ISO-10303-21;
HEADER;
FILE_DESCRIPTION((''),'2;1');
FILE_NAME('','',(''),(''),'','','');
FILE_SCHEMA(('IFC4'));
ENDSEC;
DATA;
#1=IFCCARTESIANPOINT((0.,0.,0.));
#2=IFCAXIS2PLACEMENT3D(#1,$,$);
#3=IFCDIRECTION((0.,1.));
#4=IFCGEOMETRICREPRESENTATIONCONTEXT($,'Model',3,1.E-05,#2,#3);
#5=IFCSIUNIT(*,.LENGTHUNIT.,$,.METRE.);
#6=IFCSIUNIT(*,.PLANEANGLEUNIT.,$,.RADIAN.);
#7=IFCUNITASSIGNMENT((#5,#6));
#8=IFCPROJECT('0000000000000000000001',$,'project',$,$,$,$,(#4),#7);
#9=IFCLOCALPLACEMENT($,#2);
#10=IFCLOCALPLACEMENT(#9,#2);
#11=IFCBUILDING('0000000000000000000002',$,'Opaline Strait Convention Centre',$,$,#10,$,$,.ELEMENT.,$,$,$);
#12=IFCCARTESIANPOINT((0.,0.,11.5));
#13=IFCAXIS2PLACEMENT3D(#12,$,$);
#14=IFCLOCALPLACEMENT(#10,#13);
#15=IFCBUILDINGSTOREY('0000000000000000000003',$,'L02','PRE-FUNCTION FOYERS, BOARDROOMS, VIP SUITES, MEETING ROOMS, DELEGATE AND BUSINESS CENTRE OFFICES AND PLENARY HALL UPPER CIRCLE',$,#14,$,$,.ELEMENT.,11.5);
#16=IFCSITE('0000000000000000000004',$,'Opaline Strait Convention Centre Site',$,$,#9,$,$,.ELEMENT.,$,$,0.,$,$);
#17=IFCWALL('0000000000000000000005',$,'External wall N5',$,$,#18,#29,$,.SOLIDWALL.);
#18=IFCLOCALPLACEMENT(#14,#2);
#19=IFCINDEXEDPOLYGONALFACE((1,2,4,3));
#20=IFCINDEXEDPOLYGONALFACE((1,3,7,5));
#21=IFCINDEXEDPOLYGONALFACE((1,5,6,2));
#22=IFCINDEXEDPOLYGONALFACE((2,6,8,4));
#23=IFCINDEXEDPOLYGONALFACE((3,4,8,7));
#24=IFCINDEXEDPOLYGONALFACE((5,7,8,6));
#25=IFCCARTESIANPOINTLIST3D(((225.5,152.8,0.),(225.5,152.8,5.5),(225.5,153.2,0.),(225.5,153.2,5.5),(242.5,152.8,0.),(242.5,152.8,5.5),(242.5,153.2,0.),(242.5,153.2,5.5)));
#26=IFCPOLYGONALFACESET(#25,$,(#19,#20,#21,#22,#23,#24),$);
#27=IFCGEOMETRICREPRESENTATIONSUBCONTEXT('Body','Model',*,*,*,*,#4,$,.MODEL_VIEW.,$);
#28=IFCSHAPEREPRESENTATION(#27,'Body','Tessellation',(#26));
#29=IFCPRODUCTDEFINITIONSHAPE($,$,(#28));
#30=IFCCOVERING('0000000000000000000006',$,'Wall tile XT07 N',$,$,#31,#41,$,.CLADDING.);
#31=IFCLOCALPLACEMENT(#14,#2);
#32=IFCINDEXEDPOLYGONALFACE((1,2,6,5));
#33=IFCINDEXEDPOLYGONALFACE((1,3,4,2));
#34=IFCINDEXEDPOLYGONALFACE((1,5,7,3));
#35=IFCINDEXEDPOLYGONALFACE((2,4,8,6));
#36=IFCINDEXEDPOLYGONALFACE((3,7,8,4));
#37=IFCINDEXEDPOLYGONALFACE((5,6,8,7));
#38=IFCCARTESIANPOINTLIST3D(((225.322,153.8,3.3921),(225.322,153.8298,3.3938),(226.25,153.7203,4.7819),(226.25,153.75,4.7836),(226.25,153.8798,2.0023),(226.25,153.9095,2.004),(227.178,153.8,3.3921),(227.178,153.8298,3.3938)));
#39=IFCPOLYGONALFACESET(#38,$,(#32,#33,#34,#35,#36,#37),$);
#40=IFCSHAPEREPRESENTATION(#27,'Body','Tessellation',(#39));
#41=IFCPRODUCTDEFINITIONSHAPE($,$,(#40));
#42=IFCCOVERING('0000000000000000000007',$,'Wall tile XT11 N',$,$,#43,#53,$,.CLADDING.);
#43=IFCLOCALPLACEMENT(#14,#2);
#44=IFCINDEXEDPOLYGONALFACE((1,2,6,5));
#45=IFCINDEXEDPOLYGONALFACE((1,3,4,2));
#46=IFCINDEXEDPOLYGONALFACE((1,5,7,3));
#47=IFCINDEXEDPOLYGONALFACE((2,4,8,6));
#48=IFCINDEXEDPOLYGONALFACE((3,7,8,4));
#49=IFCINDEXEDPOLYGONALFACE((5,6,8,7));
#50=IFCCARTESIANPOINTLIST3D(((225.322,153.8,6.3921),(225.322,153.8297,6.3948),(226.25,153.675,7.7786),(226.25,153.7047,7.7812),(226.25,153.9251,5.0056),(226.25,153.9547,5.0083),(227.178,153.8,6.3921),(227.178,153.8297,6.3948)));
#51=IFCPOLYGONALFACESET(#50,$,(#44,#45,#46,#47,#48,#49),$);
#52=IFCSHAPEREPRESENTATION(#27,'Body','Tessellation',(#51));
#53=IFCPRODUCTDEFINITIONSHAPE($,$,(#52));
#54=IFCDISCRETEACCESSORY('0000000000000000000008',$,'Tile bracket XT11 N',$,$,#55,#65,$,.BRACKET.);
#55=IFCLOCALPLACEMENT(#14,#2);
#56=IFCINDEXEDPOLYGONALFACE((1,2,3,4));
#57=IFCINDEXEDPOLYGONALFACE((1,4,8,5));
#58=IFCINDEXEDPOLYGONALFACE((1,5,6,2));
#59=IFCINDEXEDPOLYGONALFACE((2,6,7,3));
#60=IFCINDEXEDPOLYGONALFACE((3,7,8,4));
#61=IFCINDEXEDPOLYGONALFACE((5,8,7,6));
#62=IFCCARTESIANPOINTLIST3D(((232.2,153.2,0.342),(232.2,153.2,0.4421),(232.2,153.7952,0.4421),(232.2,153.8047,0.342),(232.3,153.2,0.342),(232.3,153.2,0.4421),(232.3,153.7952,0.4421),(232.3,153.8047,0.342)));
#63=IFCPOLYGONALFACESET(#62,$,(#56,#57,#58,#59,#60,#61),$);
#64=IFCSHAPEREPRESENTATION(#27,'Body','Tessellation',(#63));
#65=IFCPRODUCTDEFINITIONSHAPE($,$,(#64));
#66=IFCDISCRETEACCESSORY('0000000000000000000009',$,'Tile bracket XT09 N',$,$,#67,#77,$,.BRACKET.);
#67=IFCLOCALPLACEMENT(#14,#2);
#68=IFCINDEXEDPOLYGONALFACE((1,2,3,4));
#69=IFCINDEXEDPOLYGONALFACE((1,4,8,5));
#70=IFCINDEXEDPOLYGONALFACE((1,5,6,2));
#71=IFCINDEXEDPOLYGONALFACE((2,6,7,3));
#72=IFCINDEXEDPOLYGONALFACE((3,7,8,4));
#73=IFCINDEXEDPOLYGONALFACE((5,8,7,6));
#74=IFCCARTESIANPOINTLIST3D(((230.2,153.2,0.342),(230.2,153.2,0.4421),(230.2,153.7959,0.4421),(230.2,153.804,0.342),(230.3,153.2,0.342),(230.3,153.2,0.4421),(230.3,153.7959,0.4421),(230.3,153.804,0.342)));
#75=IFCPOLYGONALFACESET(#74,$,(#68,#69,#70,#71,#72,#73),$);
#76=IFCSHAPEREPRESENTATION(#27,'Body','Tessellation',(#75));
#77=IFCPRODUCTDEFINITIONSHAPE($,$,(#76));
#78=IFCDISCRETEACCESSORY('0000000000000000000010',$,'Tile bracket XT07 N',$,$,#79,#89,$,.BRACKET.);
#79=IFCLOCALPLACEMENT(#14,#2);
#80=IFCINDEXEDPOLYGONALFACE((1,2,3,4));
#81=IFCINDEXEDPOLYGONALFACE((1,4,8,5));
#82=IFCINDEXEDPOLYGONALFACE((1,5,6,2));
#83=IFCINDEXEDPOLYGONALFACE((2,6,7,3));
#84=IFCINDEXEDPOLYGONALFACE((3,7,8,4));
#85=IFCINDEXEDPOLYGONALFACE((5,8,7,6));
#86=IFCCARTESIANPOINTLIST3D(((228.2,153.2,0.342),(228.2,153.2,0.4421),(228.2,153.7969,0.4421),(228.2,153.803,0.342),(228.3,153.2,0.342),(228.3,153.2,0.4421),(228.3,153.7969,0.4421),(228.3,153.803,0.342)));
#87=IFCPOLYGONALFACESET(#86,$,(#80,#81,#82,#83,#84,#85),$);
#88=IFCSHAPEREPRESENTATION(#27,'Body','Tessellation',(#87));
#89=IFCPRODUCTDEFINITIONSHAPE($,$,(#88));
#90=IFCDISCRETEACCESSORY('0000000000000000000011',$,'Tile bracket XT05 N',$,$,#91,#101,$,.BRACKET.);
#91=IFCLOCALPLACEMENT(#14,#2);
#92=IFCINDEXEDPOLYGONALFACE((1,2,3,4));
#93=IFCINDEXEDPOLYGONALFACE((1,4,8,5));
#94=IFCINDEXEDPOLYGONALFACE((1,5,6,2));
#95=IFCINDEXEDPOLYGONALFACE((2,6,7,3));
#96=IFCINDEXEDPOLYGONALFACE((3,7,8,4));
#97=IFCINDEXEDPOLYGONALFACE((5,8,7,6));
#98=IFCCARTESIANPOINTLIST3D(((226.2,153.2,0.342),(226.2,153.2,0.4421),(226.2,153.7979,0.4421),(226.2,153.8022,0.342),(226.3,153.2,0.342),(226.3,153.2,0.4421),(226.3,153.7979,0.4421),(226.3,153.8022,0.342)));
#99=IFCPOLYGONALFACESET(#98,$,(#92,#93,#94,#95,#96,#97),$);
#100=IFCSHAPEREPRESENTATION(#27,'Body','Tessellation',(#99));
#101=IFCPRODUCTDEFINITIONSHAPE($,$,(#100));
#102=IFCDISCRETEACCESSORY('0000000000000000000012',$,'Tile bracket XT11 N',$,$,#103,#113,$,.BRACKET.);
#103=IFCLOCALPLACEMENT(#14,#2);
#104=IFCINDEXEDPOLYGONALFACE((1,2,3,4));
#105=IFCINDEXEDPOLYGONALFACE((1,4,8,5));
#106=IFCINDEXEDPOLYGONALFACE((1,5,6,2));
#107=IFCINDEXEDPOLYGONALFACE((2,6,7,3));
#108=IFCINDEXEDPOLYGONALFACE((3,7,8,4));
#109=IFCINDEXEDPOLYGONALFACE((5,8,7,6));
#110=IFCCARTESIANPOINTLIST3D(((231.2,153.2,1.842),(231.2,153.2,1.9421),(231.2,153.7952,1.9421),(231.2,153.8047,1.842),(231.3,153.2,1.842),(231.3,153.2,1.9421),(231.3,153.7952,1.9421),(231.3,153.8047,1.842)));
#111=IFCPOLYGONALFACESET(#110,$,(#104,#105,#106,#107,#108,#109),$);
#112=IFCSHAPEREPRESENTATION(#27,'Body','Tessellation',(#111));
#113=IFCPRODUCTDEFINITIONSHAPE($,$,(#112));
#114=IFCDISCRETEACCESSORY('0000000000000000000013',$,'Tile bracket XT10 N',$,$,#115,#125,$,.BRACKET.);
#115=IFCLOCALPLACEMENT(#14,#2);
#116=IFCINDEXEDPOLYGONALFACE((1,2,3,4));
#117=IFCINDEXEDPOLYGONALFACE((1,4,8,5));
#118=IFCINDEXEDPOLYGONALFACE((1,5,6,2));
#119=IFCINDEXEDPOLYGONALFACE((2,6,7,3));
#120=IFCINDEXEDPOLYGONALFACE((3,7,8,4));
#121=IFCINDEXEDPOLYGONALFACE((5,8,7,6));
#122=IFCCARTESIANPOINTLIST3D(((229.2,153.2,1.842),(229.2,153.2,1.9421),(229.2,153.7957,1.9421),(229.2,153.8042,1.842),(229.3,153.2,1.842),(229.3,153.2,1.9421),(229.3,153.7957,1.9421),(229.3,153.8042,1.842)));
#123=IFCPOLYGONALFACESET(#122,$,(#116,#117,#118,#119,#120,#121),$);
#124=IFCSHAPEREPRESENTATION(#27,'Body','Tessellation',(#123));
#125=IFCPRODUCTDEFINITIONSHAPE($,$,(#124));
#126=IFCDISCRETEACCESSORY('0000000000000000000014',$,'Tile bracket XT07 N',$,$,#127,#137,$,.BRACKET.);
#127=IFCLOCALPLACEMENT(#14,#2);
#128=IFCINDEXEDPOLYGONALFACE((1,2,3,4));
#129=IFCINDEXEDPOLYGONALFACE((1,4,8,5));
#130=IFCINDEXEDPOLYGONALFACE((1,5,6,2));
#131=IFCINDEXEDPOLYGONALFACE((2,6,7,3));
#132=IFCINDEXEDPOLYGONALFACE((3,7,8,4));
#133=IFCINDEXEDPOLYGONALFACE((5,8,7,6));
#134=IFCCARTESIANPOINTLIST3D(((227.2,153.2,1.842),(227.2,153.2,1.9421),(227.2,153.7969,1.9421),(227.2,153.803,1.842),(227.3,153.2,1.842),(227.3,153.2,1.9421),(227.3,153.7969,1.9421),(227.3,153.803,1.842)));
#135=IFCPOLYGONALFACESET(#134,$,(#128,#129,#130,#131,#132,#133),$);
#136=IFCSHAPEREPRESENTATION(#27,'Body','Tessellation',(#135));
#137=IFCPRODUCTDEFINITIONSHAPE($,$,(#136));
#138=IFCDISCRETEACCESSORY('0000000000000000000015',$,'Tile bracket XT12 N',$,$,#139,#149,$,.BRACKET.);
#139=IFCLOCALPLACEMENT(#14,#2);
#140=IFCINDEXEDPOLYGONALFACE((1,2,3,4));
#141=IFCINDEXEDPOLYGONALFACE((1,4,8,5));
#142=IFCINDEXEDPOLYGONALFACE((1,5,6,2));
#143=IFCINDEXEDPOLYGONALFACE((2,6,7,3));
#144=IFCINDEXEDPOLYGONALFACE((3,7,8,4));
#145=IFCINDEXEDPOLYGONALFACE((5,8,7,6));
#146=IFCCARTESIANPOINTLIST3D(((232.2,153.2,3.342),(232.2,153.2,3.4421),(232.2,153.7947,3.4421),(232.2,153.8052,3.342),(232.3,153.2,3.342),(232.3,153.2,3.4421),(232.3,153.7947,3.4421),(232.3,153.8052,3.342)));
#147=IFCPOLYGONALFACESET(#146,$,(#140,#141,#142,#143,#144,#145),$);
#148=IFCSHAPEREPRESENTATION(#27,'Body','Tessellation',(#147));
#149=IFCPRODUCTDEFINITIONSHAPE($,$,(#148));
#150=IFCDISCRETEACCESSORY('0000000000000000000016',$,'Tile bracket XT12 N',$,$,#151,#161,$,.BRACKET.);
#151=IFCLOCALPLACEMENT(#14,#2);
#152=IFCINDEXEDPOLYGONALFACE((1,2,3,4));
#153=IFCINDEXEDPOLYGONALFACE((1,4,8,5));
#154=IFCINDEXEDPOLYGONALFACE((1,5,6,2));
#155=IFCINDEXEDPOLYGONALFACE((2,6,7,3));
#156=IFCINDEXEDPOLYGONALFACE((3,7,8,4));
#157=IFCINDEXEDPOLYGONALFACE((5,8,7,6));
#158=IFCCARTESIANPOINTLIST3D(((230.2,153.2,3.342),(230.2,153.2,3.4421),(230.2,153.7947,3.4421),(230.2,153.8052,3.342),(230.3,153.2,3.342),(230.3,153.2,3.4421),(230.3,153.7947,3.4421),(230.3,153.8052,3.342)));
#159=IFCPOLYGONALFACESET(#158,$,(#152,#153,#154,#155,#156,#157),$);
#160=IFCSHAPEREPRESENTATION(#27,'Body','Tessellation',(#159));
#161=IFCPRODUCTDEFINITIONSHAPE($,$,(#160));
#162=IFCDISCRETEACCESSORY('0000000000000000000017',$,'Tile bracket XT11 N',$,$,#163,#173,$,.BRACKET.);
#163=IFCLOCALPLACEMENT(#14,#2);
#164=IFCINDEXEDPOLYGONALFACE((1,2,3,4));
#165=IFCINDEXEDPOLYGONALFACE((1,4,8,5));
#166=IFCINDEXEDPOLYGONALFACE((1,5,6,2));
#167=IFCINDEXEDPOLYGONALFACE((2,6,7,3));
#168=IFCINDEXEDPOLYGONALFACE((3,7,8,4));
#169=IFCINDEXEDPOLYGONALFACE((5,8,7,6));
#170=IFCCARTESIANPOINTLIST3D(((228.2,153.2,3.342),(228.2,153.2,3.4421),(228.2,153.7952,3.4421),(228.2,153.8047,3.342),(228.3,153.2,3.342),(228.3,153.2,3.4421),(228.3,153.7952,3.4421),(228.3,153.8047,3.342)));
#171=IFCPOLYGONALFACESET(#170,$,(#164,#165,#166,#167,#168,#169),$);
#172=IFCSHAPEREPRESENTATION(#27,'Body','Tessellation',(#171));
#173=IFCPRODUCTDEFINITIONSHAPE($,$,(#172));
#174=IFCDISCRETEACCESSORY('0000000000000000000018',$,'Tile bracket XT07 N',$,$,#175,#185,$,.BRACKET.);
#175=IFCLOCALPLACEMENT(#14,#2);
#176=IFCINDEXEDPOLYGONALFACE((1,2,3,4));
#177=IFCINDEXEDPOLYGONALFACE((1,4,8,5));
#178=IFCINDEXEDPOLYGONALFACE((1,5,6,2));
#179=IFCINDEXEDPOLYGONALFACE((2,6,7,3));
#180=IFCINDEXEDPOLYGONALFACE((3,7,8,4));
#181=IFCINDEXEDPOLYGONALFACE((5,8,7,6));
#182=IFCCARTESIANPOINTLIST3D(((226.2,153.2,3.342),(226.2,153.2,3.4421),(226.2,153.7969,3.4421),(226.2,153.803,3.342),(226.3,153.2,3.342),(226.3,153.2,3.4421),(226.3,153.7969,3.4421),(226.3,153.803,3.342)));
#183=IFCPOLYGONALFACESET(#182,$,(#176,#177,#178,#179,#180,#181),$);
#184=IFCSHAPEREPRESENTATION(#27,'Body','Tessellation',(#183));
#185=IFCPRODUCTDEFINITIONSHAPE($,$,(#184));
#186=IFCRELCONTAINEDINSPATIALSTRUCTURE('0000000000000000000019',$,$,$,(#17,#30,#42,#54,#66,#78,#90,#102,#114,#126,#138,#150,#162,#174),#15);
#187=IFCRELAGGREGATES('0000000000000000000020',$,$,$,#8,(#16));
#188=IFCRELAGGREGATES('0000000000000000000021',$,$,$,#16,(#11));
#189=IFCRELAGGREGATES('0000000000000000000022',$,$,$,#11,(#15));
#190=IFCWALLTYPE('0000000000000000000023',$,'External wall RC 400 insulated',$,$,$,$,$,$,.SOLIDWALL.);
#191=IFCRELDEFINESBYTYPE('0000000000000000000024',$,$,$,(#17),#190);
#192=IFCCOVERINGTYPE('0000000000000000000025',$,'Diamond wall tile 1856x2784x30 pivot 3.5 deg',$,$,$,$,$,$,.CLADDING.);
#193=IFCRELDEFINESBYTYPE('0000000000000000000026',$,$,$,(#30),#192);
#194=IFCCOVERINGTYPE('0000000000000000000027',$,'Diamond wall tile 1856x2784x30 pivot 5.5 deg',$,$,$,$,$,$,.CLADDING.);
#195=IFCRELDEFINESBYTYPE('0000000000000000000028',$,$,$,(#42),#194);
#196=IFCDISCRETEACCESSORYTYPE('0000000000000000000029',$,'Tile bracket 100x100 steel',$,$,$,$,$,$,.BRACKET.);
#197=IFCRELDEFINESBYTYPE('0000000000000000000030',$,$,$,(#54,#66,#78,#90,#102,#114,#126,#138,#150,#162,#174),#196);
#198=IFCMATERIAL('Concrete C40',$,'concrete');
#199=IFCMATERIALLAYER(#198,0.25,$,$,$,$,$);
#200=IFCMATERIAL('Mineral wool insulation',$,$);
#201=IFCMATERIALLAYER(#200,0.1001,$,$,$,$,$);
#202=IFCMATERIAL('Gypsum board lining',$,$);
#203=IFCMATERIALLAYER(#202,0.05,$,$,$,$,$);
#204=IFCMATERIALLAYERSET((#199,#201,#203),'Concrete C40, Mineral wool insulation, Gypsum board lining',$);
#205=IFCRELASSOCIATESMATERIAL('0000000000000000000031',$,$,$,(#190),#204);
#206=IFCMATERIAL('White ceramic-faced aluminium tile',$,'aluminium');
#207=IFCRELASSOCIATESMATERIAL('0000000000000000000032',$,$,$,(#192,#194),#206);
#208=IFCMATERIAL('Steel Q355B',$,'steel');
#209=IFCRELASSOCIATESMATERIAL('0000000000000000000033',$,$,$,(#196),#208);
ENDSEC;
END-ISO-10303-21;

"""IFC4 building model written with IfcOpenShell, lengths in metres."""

from ifc_helpers import new_model, si_unit, direction, frame, frame_2d, origin, place, context, subcontext, project, spatial, polyline, rectangle, outline, extrude, material, layer, layer_set, material_profile, profile_set, type_object, element, save


model = new_model("IFC4")

# Units and contexts
model_context = context("Model", 3, precision=1e-05, world=origin(), true_north=direction((0.0, 1.0)))
body_context = subcontext(model_context, "Body", "Model", "MODEL_VIEW")
ifc_project = project(units=[si_unit("LENGTHUNIT", "METRE"), si_unit("PLANEANGLEUNIT", "RADIAN")], contexts=[model_context])

# Site, building, storey
site_placement = place(None, origin())
site = spatial("IfcSite", under=ifc_project, at=site_placement, Name="Opaline Strait Convention Centre Site", CompositionType="ELEMENT", RefElevation=0.0)
building_placement = place(site_placement, origin())
building = spatial("IfcBuilding", under=site, at=building_placement, Name="Opaline Strait Convention Centre", CompositionType="ELEMENT")
storey_placement = place(building_placement, frame((0.0, 0.0, 11.5)))
storey = spatial("IfcBuildingStorey", under=building, at=storey_placement, Name="L02", Description="PRE-FUNCTION FOYERS, BOARDROOMS, VIP SUITES, MEETING ROOMS, DELEGATE AND BUSINESS CENTRE OFFICES AND PLENARY HALL UPPER CIRCLE", CompositionType="ELEMENT", Elevation=11.5)

# Wall
ifc_material_1 = material(Name="Concrete C40", Category="concrete")
ifc_layer_1 = layer(ifc_material_1, 0.25)
ifc_material_2 = material(Name="Mineral wool insulation")
ifc_layer_2 = layer(ifc_material_2, 0.1001)
ifc_material_3 = material(Name="Gypsum board lining")
ifc_layer_3 = layer(ifc_material_3, 0.05)
ifc_layer_set = layer_set([ifc_layer_1, ifc_layer_2, ifc_layer_3], Name="Concrete C40, Mineral wool insulation, Gypsum board lining")
wall_type = type_object("IfcWallType", Name="External wall RC 400 insulated", PredefinedType="SOLIDWALL", material=ifc_layer_set)
wall_placement = place(storey_placement, frame((225.5, 153.0, 0.0), z_axis=(0.0, 0.0, 1.0), x_axis=(1.0, 0.0, 0.0)))
element("IfcWall", 1, at=wall_placement, inside=storey, type_object=wall_type, Name="External wall N5", PredefinedType="SOLIDWALL", context=body_context, shape_type="SweptSolid", body=[
    extrude(rectangle(XDim=17.0, YDim=0.3999, at=frame_2d((8.5, 0.0))), origin(), (0.0, 0.0, 1.0), 5.5),
])

# Coverings
ifc_material_4 = material(Name="White ceramic-faced aluminium tile", Category="aluminium")
ifc_material_profile_1 = material_profile(ifc_material_4, outline(polyline([(0.928, 0.0), (0.0, 1.3921), (-0.928, 0.0), (0.0, -1.3921), (0.928, 0.0)])), Name="Diamond tile 1856x2784")
ifc_profile_set_1 = profile_set([ifc_material_profile_1], Name="White ceramic-faced aluminium tile")
covering_type_1 = type_object("IfcCoveringType", Name="Diamond wall tile 1856x2784x30 pivot 3.5 deg", PredefinedType="CLADDING", material=ifc_profile_set_1)
covering_1_placement = place(storey_placement, frame((226.25, 153.8, 3.3921), z_axis=(0.0, 0.998358, 0.057283), x_axis=(-1.0, 0.0, 0.0)))
element("IfcCovering", 2, at=covering_1_placement, inside=storey, type_object=covering_type_1, Name="Wall tile XT07 N", PredefinedType="CLADDING", context=body_context, shape_type="SweptSolid", body=[
    extrude(outline(polyline([(0.928, 0.0), (0.0, 1.3921), (-0.928, 0.0), (0.0, -1.3921), (0.928, 0.0)])), origin(), (0.0, 0.0, 1.0), 0.0298),
])
ifc_material_profile_2 = material_profile(ifc_material_4, outline(polyline([(0.928, 0.0), (0.0, 1.3921), (-0.928, 0.0), (0.0, -1.3921), (0.928, 0.0)])), Name="Diamond tile 1856x2784")
ifc_profile_set_2 = profile_set([ifc_material_profile_2], Name="White ceramic-faced aluminium tile")
covering_type_2 = type_object("IfcCoveringType", Name="Diamond wall tile 1856x2784x30 pivot 5.5 deg", PredefinedType="CLADDING", material=ifc_profile_set_2)
covering_2_placement = place(storey_placement, frame((226.25, 153.8, 6.3921), z_axis=(0.0, 0.99596, 0.0898), x_axis=(-1.0, 0.0, 0.0)))
element("IfcCovering", 3, at=covering_2_placement, inside=storey, type_object=covering_type_2, Name="Wall tile XT11 N", PredefinedType="CLADDING", context=body_context, shape_type="SweptSolid", body=[
    extrude(outline(polyline([(0.928, 0.0), (0.0, 1.3921), (-0.928, 0.0), (0.0, -1.3921), (0.928, 0.0)])), origin(), (0.0, 0.0, 1.0), 0.0298),
])

# Discrete accessories
ifc_material_5 = material(Name="Steel Q355B", Category="steel")
discrete_accessory_type = type_object("IfcDiscreteAccessoryType", Name="Tile bracket 100x100 steel", PredefinedType="BRACKET", material=ifc_material_5)
discrete_accessory_1_placement = place(storey_placement, frame((232.3, 153.2, 0.3921), z_axis=(-1.0, 0.0, 0.0), x_axis=(0.0, -1.0, 0.0)))
element("IfcDiscreteAccessory", 4, at=discrete_accessory_1_placement, inside=storey, type_object=discrete_accessory_type, Name="Tile bracket XT11 N", PredefinedType="BRACKET", context=body_context, shape_type="SweptSolid", body=[
    extrude(outline(polyline([(0.0, -0.05), (0.0, 0.05), (-0.5952, 0.05), (-0.6047, -0.05), (0.0, -0.05)])), origin(), (0.0, 0.0, 1.0), 0.1001),
])
discrete_accessory_2_placement = place(storey_placement, frame((230.3, 153.2, 0.3921), z_axis=(-1.0, 0.0, 0.0), x_axis=(0.0, -1.0, 0.0)))
element("IfcDiscreteAccessory", 5, at=discrete_accessory_2_placement, inside=storey, type_object=discrete_accessory_type, Name="Tile bracket XT09 N", PredefinedType="BRACKET", context=body_context, shape_type="SweptSolid", body=[
    extrude(outline(polyline([(0.0, -0.05), (0.0, 0.05), (-0.5959, 0.05), (-0.604, -0.05), (0.0, -0.05)])), origin(), (0.0, 0.0, 1.0), 0.1001),
])
discrete_accessory_3_placement = place(storey_placement, frame((228.3, 153.2, 0.3921), z_axis=(-1.0, 0.0, 0.0), x_axis=(0.0, -1.0, 0.0)))
element("IfcDiscreteAccessory", 6, at=discrete_accessory_3_placement, inside=storey, type_object=discrete_accessory_type, Name="Tile bracket XT07 N", PredefinedType="BRACKET", context=body_context, shape_type="SweptSolid", body=[
    extrude(outline(polyline([(0.0, -0.05), (0.0, 0.05), (-0.5969, 0.05), (-0.603, -0.05), (0.0, -0.05)])), origin(), (0.0, 0.0, 1.0), 0.1001),
])
discrete_accessory_4_placement = place(storey_placement, frame((226.3, 153.2, 0.3921), z_axis=(-1.0, 0.0, 0.0), x_axis=(0.0, -1.0, 0.0)))
element("IfcDiscreteAccessory", 7, at=discrete_accessory_4_placement, inside=storey, type_object=discrete_accessory_type, Name="Tile bracket XT05 N", PredefinedType="BRACKET", context=body_context, shape_type="SweptSolid", body=[
    extrude(outline(polyline([(0.0, -0.05), (0.0, 0.05), (-0.5979, 0.05), (-0.6023, -0.05), (0.0, -0.05)])), origin(), (0.0, 0.0, 1.0), 0.1001),
])
discrete_accessory_5_placement = place(storey_placement, frame((231.3, 153.2, 1.8921), z_axis=(-1.0, 0.0, 0.0), x_axis=(0.0, -1.0, 0.0)))
element("IfcDiscreteAccessory", 8, at=discrete_accessory_5_placement, inside=storey, type_object=discrete_accessory_type, Name="Tile bracket XT11 N", PredefinedType="BRACKET", context=body_context, shape_type="SweptSolid", body=[
    extrude(outline(polyline([(0.0, -0.05), (0.0, 0.05), (-0.5952, 0.05), (-0.6047, -0.05), (0.0, -0.05)])), origin(), (0.0, 0.0, 1.0), 0.1001),
])
discrete_accessory_6_placement = place(storey_placement, frame((229.3, 153.2, 1.8921), z_axis=(-1.0, 0.0, 0.0), x_axis=(0.0, -1.0, 0.0)))
element("IfcDiscreteAccessory", 9, at=discrete_accessory_6_placement, inside=storey, type_object=discrete_accessory_type, Name="Tile bracket XT10 N", PredefinedType="BRACKET", context=body_context, shape_type="SweptSolid", body=[
    extrude(outline(polyline([(0.0, -0.05), (0.0, 0.05), (-0.5957, 0.05), (-0.6042, -0.05), (0.0, -0.05)])), origin(), (0.0, 0.0, 1.0), 0.1001),
])
discrete_accessory_7_placement = place(storey_placement, frame((227.3, 153.2, 1.8921), z_axis=(-1.0, 0.0, 0.0), x_axis=(0.0, -1.0, 0.0)))
element("IfcDiscreteAccessory", 10, at=discrete_accessory_7_placement, inside=storey, type_object=discrete_accessory_type, Name="Tile bracket XT07 N", PredefinedType="BRACKET", context=body_context, shape_type="SweptSolid", body=[
    extrude(outline(polyline([(0.0, -0.05), (0.0, 0.05), (-0.5969, 0.05), (-0.603, -0.05), (0.0, -0.05)])), origin(), (0.0, 0.0, 1.0), 0.1001),
])
for number, where, z_axis, x_axis, name in (
    (11, (232.3, 153.2, 3.3921), (-1.0, 0.0, 0.0), (0.0, -1.0, 0.0), "Tile bracket XT12 N"),
    (12, (230.3, 153.2, 3.3921), (-1.0, 0.0, 0.0), (0.0, -1.0, 0.0), "Tile bracket XT12 N"),
):
    element("IfcDiscreteAccessory", number, at=place(storey_placement, frame(where, z_axis=z_axis, x_axis=x_axis)), inside=storey, type_object=discrete_accessory_type, Name=name, PredefinedType="BRACKET", context=body_context, shape_type="SweptSolid", body=[
        extrude(outline(polyline([(0.0, -0.05), (0.0, 0.05), (-0.5947, 0.05), (-0.6052, -0.05), (0.0, -0.05)])), origin(), (0.0, 0.0, 1.0), 0.1001),
    ])
discrete_accessory_8_placement = place(storey_placement, frame((228.3, 153.2, 3.3921), z_axis=(-1.0, 0.0, 0.0), x_axis=(0.0, -1.0, 0.0)))
element("IfcDiscreteAccessory", 13, at=discrete_accessory_8_placement, inside=storey, type_object=discrete_accessory_type, Name="Tile bracket XT11 N", PredefinedType="BRACKET", context=body_context, shape_type="SweptSolid", body=[
    extrude(outline(polyline([(0.0, -0.05), (0.0, 0.05), (-0.5952, 0.05), (-0.6047, -0.05), (0.0, -0.05)])), origin(), (0.0, 0.0, 1.0), 0.1001),
])
discrete_accessory_9_placement = place(storey_placement, frame((226.3, 153.2, 3.3921), z_axis=(-1.0, 0.0, 0.0), x_axis=(0.0, -1.0, 0.0)))
element("IfcDiscreteAccessory", 14, at=discrete_accessory_9_placement, inside=storey, type_object=discrete_accessory_type, Name="Tile bracket XT07 N", PredefinedType="BRACKET", context=body_context, shape_type="SweptSolid", body=[
    extrude(outline(polyline([(0.0, -0.05), (0.0, 0.05), (-0.5969, 0.05), (-0.603, -0.05), (0.0, -0.05)])), origin(), (0.0, 0.0, 1.0), 0.1001),
])

save(model, "model.ifc")
